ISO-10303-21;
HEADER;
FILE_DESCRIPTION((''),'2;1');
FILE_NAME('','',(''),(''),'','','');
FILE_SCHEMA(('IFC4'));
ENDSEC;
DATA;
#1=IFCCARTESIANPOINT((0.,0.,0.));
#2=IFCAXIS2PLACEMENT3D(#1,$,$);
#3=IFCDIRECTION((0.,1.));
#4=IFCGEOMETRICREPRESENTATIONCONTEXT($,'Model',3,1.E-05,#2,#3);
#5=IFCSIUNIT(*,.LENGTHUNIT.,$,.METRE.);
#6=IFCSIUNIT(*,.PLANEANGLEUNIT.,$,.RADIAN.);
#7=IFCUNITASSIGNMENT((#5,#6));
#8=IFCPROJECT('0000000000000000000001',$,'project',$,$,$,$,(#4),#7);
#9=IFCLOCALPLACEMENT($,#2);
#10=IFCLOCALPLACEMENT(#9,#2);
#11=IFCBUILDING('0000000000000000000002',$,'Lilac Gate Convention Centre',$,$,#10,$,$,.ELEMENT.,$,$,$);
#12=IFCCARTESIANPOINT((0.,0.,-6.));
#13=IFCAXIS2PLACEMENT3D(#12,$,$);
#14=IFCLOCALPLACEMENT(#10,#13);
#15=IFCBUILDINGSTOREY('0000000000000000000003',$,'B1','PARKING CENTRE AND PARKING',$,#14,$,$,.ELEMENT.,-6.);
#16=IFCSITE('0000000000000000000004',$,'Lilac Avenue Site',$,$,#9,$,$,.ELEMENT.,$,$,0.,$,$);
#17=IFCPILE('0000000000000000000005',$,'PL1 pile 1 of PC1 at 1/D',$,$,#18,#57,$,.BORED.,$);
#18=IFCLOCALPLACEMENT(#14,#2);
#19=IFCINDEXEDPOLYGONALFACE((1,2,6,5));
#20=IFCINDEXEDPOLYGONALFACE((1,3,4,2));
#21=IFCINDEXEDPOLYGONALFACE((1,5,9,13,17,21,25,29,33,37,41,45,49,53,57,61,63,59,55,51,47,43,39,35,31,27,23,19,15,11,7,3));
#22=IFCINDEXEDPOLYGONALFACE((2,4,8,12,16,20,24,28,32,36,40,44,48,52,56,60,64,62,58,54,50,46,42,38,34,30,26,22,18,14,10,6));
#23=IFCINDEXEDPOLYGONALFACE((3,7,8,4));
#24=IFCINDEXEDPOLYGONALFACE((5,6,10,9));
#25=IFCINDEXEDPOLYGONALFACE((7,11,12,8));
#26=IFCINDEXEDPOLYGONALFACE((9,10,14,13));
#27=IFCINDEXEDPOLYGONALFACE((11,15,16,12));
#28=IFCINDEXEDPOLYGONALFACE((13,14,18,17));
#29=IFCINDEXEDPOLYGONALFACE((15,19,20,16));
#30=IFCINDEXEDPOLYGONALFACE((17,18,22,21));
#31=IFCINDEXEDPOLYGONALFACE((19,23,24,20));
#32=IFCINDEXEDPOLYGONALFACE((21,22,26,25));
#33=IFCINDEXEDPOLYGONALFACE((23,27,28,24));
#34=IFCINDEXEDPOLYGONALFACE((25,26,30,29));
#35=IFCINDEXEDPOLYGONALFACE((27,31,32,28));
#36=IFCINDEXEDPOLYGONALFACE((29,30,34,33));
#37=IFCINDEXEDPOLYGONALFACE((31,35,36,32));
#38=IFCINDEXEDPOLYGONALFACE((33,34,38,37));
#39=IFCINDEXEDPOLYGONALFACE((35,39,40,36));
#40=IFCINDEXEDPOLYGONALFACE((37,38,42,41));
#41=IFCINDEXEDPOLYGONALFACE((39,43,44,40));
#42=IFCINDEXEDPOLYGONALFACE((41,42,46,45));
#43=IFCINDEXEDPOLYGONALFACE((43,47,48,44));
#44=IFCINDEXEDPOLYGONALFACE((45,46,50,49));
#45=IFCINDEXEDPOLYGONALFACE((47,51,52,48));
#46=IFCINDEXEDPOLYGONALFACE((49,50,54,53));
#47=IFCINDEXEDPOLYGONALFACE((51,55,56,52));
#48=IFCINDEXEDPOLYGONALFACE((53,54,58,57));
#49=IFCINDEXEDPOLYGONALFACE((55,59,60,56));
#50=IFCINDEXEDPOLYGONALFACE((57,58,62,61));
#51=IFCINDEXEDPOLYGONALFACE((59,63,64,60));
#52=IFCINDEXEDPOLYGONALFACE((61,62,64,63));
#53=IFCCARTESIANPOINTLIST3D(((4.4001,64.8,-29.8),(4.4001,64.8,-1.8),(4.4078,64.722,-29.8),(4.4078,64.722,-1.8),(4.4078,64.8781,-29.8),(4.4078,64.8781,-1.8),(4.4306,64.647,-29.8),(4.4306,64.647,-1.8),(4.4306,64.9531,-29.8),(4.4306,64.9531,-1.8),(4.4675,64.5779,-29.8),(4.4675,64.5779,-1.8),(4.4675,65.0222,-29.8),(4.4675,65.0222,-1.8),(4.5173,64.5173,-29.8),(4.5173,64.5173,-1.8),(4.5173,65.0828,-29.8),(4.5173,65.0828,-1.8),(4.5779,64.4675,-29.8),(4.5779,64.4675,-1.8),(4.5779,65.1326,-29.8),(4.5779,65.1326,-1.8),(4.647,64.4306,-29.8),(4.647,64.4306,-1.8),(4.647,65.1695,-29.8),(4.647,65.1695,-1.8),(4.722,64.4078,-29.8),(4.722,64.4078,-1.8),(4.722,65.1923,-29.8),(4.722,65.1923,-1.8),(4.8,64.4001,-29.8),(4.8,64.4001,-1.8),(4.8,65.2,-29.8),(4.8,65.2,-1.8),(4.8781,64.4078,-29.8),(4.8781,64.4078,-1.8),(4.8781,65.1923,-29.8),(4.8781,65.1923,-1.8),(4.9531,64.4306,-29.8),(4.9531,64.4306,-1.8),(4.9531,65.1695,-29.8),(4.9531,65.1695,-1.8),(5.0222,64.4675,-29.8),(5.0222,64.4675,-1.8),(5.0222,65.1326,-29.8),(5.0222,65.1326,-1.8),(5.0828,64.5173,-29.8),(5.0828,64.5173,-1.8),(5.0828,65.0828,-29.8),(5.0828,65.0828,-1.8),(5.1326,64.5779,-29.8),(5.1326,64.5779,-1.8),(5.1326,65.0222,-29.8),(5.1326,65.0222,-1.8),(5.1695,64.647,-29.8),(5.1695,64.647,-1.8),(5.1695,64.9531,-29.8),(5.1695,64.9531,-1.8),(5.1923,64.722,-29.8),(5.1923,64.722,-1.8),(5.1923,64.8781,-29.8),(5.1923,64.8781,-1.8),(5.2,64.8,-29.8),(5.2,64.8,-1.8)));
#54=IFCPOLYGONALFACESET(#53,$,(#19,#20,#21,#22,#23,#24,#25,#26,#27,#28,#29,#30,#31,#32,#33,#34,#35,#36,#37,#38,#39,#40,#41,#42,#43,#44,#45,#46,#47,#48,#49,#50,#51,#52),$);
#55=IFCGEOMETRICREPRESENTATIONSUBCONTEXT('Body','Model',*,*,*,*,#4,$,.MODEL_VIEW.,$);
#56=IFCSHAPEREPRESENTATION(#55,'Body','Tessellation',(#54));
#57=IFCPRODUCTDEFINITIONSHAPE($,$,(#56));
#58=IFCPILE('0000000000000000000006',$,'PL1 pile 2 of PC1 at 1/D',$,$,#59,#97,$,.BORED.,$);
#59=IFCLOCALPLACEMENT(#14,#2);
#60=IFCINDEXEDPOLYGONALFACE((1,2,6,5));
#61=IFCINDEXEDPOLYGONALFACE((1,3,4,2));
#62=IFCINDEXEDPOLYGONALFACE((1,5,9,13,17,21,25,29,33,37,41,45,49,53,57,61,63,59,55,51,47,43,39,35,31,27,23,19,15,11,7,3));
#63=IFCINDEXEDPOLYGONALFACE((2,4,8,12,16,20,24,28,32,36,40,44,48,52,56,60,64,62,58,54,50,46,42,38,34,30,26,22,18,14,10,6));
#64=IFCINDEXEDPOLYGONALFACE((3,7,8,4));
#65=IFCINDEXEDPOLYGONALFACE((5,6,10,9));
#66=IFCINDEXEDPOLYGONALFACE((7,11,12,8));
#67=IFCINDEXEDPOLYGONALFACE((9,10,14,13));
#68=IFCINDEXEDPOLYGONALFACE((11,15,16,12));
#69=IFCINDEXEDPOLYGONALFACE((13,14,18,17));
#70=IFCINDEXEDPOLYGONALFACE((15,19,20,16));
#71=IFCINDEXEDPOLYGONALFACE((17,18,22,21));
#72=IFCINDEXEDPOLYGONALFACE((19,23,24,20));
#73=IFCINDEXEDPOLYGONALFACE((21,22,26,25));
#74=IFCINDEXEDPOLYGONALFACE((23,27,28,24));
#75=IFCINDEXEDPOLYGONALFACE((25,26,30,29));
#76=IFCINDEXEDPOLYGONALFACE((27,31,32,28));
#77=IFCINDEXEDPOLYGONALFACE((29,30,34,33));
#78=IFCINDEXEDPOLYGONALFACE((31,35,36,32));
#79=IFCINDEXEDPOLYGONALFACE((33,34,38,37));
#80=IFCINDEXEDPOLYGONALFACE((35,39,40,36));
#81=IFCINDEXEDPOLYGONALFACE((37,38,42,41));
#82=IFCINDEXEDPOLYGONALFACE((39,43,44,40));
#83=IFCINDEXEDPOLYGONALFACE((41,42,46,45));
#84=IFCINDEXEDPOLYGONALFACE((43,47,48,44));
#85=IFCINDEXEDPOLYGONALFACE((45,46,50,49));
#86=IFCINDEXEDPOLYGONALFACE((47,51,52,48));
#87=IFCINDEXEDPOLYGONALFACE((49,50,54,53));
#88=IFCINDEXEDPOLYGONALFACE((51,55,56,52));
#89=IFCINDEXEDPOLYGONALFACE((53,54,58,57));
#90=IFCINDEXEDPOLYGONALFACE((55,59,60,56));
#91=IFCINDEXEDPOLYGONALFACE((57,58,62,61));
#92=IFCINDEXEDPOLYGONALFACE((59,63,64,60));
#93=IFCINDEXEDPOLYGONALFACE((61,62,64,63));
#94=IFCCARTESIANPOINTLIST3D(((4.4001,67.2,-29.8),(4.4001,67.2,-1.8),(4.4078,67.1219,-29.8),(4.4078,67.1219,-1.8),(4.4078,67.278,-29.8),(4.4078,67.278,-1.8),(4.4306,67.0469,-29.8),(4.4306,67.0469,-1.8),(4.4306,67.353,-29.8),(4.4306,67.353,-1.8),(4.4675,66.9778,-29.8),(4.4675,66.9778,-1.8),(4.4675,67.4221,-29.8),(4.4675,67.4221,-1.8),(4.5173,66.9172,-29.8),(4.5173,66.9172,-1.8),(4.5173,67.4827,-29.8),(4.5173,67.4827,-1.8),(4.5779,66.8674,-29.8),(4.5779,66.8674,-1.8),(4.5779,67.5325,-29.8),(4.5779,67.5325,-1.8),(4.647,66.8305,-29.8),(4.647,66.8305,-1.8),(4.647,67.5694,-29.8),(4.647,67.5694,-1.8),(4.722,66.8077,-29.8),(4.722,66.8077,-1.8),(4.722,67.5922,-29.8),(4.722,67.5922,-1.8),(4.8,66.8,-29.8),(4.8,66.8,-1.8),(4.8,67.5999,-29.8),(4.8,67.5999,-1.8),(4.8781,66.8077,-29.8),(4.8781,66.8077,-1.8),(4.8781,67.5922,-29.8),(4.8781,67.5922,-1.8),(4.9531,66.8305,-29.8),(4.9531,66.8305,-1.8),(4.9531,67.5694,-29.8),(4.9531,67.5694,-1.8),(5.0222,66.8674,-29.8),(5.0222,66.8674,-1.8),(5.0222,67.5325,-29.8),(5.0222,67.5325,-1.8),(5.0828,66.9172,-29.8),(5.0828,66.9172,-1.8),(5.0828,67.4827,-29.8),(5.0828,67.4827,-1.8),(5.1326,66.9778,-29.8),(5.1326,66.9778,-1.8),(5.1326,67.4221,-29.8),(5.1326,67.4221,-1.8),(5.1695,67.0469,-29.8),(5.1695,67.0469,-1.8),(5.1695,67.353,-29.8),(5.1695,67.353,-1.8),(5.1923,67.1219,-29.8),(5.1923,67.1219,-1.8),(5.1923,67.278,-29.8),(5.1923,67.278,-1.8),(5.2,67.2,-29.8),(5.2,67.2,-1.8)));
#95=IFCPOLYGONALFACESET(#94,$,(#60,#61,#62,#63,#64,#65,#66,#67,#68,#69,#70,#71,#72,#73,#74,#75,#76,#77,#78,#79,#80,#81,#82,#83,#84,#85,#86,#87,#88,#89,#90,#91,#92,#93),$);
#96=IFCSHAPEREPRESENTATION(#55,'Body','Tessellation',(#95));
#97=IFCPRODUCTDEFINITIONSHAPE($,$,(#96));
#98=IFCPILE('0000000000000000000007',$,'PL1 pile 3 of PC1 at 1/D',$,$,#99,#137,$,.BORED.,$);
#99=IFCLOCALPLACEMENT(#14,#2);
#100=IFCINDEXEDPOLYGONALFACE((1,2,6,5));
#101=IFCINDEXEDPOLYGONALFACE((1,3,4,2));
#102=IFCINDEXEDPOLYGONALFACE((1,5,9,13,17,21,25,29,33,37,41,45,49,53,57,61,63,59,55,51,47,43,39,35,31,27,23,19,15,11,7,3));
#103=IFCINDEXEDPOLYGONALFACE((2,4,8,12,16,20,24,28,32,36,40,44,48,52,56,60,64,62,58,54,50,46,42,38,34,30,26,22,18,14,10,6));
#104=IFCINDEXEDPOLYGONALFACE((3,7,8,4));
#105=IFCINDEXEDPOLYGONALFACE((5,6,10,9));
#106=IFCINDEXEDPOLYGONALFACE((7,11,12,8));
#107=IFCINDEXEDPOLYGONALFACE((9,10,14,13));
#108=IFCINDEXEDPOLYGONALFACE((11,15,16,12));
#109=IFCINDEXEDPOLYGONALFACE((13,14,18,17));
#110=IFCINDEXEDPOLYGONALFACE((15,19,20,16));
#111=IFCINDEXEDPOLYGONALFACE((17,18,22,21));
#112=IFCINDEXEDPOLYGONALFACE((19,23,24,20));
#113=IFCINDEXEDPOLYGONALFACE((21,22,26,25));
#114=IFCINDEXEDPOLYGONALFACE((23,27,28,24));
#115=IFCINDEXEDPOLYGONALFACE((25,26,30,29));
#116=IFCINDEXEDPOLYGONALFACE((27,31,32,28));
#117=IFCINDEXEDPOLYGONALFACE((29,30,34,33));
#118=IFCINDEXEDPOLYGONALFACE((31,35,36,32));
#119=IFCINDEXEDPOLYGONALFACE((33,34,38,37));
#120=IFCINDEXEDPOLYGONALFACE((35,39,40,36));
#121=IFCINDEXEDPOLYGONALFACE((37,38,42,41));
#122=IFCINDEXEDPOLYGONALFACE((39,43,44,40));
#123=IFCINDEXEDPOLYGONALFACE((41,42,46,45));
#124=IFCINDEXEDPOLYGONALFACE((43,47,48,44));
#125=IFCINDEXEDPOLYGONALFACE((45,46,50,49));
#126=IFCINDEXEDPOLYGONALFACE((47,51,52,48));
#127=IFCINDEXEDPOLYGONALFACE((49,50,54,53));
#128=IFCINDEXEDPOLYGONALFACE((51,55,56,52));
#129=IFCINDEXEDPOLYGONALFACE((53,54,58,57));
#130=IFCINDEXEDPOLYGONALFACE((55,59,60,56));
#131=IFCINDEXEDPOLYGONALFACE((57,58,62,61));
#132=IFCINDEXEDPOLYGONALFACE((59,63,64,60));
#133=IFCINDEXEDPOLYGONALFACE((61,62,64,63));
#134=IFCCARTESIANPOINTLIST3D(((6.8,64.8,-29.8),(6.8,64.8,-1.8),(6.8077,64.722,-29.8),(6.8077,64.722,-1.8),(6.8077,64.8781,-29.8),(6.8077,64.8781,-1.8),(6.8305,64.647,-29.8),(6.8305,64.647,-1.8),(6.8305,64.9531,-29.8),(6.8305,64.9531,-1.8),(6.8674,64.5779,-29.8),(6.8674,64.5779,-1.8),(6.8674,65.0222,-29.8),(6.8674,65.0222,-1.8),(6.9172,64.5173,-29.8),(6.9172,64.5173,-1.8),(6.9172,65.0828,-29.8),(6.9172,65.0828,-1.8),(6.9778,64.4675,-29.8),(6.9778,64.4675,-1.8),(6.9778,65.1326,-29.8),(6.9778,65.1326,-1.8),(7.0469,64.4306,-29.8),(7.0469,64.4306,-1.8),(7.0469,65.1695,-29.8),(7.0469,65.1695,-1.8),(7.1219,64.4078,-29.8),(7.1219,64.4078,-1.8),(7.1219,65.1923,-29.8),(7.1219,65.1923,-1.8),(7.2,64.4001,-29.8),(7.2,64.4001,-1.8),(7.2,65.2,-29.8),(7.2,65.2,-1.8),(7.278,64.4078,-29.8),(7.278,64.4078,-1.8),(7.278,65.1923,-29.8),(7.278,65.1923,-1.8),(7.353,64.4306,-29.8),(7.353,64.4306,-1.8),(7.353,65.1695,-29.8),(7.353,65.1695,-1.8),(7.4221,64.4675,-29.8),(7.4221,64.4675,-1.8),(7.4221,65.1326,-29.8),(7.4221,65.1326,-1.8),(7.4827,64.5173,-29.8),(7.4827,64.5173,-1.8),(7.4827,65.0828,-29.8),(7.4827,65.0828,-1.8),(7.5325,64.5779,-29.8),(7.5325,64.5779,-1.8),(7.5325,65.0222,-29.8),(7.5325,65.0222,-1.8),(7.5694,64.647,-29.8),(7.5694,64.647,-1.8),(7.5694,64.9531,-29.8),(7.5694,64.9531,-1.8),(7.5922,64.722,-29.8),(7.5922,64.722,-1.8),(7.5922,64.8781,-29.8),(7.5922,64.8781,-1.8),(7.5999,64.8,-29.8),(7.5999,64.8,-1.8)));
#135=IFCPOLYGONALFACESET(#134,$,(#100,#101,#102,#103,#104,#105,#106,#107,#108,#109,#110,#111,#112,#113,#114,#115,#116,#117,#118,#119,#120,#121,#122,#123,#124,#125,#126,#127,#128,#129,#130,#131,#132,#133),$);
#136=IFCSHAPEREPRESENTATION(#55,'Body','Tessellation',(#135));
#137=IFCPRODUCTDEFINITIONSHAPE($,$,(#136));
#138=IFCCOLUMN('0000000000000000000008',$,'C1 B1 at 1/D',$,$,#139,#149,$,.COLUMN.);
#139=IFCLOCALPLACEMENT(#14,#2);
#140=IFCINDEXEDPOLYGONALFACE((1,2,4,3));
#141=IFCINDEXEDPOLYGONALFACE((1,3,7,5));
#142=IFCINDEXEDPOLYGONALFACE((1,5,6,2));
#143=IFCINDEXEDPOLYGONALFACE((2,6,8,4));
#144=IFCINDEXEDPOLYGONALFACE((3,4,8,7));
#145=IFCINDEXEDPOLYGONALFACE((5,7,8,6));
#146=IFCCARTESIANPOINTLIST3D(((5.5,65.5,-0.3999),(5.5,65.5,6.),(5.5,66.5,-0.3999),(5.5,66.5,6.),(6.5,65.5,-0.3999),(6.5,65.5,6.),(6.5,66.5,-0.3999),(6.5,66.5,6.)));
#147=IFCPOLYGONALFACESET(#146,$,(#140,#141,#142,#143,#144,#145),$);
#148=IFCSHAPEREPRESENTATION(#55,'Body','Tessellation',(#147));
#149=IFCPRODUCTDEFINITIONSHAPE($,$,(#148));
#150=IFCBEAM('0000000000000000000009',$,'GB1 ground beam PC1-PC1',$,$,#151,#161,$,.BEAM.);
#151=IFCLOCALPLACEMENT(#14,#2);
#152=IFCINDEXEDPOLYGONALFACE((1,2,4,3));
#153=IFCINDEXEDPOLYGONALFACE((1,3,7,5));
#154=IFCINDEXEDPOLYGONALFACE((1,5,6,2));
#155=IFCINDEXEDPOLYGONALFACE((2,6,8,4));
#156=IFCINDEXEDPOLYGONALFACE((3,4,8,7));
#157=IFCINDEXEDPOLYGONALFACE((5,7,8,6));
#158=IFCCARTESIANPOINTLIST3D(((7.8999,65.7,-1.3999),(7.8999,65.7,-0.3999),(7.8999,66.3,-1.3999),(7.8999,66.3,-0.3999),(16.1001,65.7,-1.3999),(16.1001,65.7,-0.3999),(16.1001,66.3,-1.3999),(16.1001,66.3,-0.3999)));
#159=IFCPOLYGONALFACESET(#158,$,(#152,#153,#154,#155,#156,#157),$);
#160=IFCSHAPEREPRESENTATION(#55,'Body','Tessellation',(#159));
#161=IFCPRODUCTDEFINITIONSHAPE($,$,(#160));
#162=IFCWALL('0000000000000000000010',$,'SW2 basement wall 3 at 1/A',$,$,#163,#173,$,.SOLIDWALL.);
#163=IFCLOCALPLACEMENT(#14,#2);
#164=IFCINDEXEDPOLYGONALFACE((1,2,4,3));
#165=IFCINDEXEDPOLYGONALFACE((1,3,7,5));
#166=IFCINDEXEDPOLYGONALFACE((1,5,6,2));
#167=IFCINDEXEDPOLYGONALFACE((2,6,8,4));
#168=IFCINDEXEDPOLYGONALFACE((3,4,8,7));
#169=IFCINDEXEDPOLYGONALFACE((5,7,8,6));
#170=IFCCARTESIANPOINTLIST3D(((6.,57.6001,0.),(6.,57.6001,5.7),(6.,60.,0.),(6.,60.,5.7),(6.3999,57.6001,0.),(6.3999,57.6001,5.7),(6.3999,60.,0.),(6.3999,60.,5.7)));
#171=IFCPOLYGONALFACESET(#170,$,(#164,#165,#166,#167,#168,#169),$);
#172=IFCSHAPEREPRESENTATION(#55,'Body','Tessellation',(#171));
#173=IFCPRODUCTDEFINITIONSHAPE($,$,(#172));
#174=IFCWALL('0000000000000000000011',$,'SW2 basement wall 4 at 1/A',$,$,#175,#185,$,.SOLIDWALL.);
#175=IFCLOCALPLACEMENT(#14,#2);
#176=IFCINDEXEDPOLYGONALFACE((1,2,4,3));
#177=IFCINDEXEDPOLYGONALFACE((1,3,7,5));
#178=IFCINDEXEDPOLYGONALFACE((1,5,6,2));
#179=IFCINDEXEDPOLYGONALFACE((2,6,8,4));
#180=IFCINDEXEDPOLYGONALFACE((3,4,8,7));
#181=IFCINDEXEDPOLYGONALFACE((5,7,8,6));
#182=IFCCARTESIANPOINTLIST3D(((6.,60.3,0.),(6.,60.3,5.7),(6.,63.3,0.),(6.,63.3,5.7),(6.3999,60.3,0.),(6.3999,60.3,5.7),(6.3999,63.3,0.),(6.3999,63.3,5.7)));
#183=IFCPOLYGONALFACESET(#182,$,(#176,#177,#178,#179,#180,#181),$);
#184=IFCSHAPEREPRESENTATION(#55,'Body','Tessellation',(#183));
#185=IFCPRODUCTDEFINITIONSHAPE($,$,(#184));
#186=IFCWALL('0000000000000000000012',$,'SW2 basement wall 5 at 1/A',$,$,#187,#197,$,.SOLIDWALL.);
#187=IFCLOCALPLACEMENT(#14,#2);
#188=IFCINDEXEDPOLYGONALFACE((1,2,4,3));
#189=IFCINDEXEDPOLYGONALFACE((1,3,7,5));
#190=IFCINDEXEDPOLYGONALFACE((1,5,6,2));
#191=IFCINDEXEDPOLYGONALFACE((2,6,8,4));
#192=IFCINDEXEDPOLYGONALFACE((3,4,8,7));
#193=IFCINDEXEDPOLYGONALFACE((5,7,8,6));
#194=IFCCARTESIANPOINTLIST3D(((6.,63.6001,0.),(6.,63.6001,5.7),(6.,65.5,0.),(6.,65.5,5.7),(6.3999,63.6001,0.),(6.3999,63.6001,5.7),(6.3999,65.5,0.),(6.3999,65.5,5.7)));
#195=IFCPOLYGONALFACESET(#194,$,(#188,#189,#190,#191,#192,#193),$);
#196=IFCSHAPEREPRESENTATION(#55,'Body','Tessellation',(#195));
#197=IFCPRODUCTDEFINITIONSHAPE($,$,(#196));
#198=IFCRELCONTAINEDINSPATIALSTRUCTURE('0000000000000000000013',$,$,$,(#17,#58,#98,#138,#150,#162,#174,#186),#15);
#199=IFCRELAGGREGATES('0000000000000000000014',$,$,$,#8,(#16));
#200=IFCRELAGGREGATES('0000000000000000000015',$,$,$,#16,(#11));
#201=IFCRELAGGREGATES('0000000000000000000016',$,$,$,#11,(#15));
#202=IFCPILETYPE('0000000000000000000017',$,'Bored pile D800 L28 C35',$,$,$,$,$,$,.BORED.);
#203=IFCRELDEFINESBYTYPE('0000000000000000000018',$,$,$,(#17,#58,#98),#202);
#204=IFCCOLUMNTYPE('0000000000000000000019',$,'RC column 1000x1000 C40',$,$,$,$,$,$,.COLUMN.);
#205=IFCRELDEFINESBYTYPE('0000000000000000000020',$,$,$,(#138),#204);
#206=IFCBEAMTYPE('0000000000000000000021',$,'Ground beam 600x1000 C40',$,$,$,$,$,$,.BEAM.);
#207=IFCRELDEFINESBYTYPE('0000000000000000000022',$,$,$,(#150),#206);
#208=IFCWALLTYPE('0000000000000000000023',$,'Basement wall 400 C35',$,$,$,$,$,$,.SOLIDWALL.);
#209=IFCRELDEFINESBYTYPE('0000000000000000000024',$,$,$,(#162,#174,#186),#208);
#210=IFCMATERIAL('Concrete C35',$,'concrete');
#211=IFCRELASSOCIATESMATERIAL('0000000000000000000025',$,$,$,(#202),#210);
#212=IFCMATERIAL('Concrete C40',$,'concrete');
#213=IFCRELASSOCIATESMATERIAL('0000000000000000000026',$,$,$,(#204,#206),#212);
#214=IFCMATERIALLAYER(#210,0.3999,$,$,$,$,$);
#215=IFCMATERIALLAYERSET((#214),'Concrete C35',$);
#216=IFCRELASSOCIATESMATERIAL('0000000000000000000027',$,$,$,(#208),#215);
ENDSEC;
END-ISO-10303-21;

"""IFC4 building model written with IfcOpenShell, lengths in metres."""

from ifc_helpers import new_model, si_unit, direction, frame, frame_2d, origin, origin_2d, place, context, subcontext, project, spatial, rectangle, circle, extrude, material, layer, layer_set, material_profile, profile_set, type_object, element, save


model = new_model("IFC4")

# Units and contexts
model_context = context("Model", 3, precision=1e-05, world=origin(), true_north=direction((0.0, 1.0)))
body_context = subcontext(model_context, "Body", "Model", "MODEL_VIEW")
ifc_project = project(units=[si_unit("LENGTHUNIT", "METRE"), si_unit("PLANEANGLEUNIT", "RADIAN")], contexts=[model_context])

# Site, building, storey
site_placement = place(None, origin())
site = spatial("IfcSite", under=ifc_project, at=site_placement, Name="Lilac Avenue Site", CompositionType="ELEMENT", RefElevation=0.0)
building_placement = place(site_placement, origin())
building = spatial("IfcBuilding", under=site, at=building_placement, Name="Lilac Gate Convention Centre", CompositionType="ELEMENT")
storey_placement = place(building_placement, frame((0.0, 0.0, -6.0)))
storey = spatial("IfcBuildingStorey", under=building, at=storey_placement, Name="B1", Description="PARKING CENTRE AND PARKING", CompositionType="ELEMENT", Elevation=-6.0)

# Piles
ifc_material_1 = material(Name="Concrete C35", Category="concrete")
ifc_material_profile_1 = material_profile(ifc_material_1, circle(Radius=0.3999, at=origin_2d()), Name="D800")
ifc_profile_set_1 = profile_set([ifc_material_profile_1], Name="Concrete C35")
pile_type = type_object("IfcPileType", Name="Bored pile D800 L28 C35", PredefinedType="BORED", material=ifc_profile_set_1)
for number, where, z_axis, x_axis, name in (
    (1, (4.8, 64.8, -1.8), (0.0, 0.0, -1.0), (1.0, 0.0, 0.0), "PL1 pile 1 of PC1 at 1/D"),
    (2, (4.8, 67.2, -1.8), (0.0, 0.0, -1.0), (1.0, 0.0, 0.0), "PL1 pile 2 of PC1 at 1/D"),
    (3, (7.2, 64.8, -1.8), (0.0, 0.0, -1.0), (1.0, 0.0, 0.0), "PL1 pile 3 of PC1 at 1/D"),
):
    element("IfcPile", number, at=place(storey_placement, frame(where, z_axis=z_axis, x_axis=x_axis)), inside=storey, type_object=pile_type, Name=name, PredefinedType="BORED", context=body_context, shape_type="SweptSolid", body=[
        extrude(circle(Radius=0.3999, at=origin_2d()), origin(), (0.0, 0.0, 1.0), 28.0),
    ])

# Column
ifc_material_2 = material(Name="Concrete C40", Category="concrete")
ifc_material_profile_2 = material_profile(ifc_material_2, rectangle(XDim=1.0, YDim=1.0, at=origin_2d()), Name="RC 1000x1000")
ifc_profile_set_2 = profile_set([ifc_material_profile_2], Name="Concrete C40")
column_type = type_object("IfcColumnType", Name="RC column 1000x1000 C40", PredefinedType="COLUMN", material=ifc_profile_set_2)
column_placement = place(storey_placement, frame((6.0, 66.0, -0.3999), z_axis=(0.0, 0.0, 1.0), x_axis=(1.0, 0.0, 0.0)))
element("IfcColumn", 4, at=column_placement, inside=storey, type_object=column_type, Name="C1 B1 at 1/D", PredefinedType="COLUMN", context=body_context, shape_type="SweptSolid", body=[
    extrude(rectangle(XDim=1.0, YDim=1.0, at=origin_2d()), origin(), (0.0, 0.0, 1.0), 6.3999),
])

# Beam
ifc_material_profile_3 = material_profile(ifc_material_2, rectangle(XDim=0.6001, YDim=1.0, at=origin_2d()), Name="RC 600x1000")
ifc_profile_set_3 = profile_set([ifc_material_profile_3], Name="Concrete C40")
beam_type = type_object("IfcBeamType", Name="Ground beam 600x1000 C40", PredefinedType="BEAM", material=ifc_profile_set_3)
beam_placement = place(storey_placement, frame((7.8999, 66.0, -0.8999), z_axis=(1.0, 0.0, 0.0), x_axis=(0.0, 1.0, 0.0)))
element("IfcBeam", 5, at=beam_placement, inside=storey, type_object=beam_type, Name="GB1 ground beam PC1-PC1", PredefinedType="BEAM", context=body_context, shape_type="SweptSolid", body=[
    extrude(rectangle(XDim=0.6001, YDim=1.0, at=origin_2d()), origin(), (0.0, 0.0, 1.0), 8.2002),
])

# Walls
ifc_layer_1 = layer(ifc_material_1, 0.3999)
ifc_layer_set_1 = layer_set([ifc_layer_1], Name="Concrete C35")
wall_type_1 = type_object("IfcWallType", Name="Basement wall 400 C35", PredefinedType="SOLIDWALL", material=ifc_layer_set_1)
wall_1_placement = place(storey_placement, frame((6.2, 57.6001, 0.0), z_axis=(0.0, 0.0, 1.0), x_axis=(0.0, 1.0, 0.0)))
element("IfcWall", 6, at=wall_1_placement, inside=storey, type_object=wall_type_1, Name="SW2 basement wall 3 at 1/A", PredefinedType="SOLIDWALL", context=body_context, shape_type="SweptSolid", body=[
    extrude(rectangle(XDim=2.3999, YDim=0.3999, at=frame_2d((1.2, 0.0))), origin(), (0.0, 0.0, 1.0), 5.7),
])
wall_2_placement = place(storey_placement, frame((6.2, 60.3, 0.0), z_axis=(0.0, 0.0, 1.0), x_axis=(0.0, 1.0, 0.0)))
element("IfcWall", 7, at=wall_2_placement, inside=storey, type_object=wall_type_1, Name="SW2 basement wall 4 at 1/A", PredefinedType="SOLIDWALL", context=body_context, shape_type="SweptSolid", body=[
    extrude(rectangle(XDim=3.0, YDim=0.3999, at=frame_2d((1.5, 0.0))), origin(), (0.0, 0.0, 1.0), 5.7),
])
wall_3_placement = place(storey_placement, frame((6.2, 63.6001, 0.0), z_axis=(0.0, 0.0, 1.0), x_axis=(0.0, 1.0, 0.0)))
element("IfcWall", 8, at=wall_3_placement, inside=storey, type_object=wall_type_1, Name="SW2 basement wall 5 at 1/A", PredefinedType="SOLIDWALL", context=body_context, shape_type="SweptSolid", body=[
    extrude(rectangle(XDim=1.8999, YDim=0.3999, at=frame_2d((0.95, 0.0))), origin(), (0.0, 0.0, 1.0), 5.7),
])

save(model, "model.ifc")
